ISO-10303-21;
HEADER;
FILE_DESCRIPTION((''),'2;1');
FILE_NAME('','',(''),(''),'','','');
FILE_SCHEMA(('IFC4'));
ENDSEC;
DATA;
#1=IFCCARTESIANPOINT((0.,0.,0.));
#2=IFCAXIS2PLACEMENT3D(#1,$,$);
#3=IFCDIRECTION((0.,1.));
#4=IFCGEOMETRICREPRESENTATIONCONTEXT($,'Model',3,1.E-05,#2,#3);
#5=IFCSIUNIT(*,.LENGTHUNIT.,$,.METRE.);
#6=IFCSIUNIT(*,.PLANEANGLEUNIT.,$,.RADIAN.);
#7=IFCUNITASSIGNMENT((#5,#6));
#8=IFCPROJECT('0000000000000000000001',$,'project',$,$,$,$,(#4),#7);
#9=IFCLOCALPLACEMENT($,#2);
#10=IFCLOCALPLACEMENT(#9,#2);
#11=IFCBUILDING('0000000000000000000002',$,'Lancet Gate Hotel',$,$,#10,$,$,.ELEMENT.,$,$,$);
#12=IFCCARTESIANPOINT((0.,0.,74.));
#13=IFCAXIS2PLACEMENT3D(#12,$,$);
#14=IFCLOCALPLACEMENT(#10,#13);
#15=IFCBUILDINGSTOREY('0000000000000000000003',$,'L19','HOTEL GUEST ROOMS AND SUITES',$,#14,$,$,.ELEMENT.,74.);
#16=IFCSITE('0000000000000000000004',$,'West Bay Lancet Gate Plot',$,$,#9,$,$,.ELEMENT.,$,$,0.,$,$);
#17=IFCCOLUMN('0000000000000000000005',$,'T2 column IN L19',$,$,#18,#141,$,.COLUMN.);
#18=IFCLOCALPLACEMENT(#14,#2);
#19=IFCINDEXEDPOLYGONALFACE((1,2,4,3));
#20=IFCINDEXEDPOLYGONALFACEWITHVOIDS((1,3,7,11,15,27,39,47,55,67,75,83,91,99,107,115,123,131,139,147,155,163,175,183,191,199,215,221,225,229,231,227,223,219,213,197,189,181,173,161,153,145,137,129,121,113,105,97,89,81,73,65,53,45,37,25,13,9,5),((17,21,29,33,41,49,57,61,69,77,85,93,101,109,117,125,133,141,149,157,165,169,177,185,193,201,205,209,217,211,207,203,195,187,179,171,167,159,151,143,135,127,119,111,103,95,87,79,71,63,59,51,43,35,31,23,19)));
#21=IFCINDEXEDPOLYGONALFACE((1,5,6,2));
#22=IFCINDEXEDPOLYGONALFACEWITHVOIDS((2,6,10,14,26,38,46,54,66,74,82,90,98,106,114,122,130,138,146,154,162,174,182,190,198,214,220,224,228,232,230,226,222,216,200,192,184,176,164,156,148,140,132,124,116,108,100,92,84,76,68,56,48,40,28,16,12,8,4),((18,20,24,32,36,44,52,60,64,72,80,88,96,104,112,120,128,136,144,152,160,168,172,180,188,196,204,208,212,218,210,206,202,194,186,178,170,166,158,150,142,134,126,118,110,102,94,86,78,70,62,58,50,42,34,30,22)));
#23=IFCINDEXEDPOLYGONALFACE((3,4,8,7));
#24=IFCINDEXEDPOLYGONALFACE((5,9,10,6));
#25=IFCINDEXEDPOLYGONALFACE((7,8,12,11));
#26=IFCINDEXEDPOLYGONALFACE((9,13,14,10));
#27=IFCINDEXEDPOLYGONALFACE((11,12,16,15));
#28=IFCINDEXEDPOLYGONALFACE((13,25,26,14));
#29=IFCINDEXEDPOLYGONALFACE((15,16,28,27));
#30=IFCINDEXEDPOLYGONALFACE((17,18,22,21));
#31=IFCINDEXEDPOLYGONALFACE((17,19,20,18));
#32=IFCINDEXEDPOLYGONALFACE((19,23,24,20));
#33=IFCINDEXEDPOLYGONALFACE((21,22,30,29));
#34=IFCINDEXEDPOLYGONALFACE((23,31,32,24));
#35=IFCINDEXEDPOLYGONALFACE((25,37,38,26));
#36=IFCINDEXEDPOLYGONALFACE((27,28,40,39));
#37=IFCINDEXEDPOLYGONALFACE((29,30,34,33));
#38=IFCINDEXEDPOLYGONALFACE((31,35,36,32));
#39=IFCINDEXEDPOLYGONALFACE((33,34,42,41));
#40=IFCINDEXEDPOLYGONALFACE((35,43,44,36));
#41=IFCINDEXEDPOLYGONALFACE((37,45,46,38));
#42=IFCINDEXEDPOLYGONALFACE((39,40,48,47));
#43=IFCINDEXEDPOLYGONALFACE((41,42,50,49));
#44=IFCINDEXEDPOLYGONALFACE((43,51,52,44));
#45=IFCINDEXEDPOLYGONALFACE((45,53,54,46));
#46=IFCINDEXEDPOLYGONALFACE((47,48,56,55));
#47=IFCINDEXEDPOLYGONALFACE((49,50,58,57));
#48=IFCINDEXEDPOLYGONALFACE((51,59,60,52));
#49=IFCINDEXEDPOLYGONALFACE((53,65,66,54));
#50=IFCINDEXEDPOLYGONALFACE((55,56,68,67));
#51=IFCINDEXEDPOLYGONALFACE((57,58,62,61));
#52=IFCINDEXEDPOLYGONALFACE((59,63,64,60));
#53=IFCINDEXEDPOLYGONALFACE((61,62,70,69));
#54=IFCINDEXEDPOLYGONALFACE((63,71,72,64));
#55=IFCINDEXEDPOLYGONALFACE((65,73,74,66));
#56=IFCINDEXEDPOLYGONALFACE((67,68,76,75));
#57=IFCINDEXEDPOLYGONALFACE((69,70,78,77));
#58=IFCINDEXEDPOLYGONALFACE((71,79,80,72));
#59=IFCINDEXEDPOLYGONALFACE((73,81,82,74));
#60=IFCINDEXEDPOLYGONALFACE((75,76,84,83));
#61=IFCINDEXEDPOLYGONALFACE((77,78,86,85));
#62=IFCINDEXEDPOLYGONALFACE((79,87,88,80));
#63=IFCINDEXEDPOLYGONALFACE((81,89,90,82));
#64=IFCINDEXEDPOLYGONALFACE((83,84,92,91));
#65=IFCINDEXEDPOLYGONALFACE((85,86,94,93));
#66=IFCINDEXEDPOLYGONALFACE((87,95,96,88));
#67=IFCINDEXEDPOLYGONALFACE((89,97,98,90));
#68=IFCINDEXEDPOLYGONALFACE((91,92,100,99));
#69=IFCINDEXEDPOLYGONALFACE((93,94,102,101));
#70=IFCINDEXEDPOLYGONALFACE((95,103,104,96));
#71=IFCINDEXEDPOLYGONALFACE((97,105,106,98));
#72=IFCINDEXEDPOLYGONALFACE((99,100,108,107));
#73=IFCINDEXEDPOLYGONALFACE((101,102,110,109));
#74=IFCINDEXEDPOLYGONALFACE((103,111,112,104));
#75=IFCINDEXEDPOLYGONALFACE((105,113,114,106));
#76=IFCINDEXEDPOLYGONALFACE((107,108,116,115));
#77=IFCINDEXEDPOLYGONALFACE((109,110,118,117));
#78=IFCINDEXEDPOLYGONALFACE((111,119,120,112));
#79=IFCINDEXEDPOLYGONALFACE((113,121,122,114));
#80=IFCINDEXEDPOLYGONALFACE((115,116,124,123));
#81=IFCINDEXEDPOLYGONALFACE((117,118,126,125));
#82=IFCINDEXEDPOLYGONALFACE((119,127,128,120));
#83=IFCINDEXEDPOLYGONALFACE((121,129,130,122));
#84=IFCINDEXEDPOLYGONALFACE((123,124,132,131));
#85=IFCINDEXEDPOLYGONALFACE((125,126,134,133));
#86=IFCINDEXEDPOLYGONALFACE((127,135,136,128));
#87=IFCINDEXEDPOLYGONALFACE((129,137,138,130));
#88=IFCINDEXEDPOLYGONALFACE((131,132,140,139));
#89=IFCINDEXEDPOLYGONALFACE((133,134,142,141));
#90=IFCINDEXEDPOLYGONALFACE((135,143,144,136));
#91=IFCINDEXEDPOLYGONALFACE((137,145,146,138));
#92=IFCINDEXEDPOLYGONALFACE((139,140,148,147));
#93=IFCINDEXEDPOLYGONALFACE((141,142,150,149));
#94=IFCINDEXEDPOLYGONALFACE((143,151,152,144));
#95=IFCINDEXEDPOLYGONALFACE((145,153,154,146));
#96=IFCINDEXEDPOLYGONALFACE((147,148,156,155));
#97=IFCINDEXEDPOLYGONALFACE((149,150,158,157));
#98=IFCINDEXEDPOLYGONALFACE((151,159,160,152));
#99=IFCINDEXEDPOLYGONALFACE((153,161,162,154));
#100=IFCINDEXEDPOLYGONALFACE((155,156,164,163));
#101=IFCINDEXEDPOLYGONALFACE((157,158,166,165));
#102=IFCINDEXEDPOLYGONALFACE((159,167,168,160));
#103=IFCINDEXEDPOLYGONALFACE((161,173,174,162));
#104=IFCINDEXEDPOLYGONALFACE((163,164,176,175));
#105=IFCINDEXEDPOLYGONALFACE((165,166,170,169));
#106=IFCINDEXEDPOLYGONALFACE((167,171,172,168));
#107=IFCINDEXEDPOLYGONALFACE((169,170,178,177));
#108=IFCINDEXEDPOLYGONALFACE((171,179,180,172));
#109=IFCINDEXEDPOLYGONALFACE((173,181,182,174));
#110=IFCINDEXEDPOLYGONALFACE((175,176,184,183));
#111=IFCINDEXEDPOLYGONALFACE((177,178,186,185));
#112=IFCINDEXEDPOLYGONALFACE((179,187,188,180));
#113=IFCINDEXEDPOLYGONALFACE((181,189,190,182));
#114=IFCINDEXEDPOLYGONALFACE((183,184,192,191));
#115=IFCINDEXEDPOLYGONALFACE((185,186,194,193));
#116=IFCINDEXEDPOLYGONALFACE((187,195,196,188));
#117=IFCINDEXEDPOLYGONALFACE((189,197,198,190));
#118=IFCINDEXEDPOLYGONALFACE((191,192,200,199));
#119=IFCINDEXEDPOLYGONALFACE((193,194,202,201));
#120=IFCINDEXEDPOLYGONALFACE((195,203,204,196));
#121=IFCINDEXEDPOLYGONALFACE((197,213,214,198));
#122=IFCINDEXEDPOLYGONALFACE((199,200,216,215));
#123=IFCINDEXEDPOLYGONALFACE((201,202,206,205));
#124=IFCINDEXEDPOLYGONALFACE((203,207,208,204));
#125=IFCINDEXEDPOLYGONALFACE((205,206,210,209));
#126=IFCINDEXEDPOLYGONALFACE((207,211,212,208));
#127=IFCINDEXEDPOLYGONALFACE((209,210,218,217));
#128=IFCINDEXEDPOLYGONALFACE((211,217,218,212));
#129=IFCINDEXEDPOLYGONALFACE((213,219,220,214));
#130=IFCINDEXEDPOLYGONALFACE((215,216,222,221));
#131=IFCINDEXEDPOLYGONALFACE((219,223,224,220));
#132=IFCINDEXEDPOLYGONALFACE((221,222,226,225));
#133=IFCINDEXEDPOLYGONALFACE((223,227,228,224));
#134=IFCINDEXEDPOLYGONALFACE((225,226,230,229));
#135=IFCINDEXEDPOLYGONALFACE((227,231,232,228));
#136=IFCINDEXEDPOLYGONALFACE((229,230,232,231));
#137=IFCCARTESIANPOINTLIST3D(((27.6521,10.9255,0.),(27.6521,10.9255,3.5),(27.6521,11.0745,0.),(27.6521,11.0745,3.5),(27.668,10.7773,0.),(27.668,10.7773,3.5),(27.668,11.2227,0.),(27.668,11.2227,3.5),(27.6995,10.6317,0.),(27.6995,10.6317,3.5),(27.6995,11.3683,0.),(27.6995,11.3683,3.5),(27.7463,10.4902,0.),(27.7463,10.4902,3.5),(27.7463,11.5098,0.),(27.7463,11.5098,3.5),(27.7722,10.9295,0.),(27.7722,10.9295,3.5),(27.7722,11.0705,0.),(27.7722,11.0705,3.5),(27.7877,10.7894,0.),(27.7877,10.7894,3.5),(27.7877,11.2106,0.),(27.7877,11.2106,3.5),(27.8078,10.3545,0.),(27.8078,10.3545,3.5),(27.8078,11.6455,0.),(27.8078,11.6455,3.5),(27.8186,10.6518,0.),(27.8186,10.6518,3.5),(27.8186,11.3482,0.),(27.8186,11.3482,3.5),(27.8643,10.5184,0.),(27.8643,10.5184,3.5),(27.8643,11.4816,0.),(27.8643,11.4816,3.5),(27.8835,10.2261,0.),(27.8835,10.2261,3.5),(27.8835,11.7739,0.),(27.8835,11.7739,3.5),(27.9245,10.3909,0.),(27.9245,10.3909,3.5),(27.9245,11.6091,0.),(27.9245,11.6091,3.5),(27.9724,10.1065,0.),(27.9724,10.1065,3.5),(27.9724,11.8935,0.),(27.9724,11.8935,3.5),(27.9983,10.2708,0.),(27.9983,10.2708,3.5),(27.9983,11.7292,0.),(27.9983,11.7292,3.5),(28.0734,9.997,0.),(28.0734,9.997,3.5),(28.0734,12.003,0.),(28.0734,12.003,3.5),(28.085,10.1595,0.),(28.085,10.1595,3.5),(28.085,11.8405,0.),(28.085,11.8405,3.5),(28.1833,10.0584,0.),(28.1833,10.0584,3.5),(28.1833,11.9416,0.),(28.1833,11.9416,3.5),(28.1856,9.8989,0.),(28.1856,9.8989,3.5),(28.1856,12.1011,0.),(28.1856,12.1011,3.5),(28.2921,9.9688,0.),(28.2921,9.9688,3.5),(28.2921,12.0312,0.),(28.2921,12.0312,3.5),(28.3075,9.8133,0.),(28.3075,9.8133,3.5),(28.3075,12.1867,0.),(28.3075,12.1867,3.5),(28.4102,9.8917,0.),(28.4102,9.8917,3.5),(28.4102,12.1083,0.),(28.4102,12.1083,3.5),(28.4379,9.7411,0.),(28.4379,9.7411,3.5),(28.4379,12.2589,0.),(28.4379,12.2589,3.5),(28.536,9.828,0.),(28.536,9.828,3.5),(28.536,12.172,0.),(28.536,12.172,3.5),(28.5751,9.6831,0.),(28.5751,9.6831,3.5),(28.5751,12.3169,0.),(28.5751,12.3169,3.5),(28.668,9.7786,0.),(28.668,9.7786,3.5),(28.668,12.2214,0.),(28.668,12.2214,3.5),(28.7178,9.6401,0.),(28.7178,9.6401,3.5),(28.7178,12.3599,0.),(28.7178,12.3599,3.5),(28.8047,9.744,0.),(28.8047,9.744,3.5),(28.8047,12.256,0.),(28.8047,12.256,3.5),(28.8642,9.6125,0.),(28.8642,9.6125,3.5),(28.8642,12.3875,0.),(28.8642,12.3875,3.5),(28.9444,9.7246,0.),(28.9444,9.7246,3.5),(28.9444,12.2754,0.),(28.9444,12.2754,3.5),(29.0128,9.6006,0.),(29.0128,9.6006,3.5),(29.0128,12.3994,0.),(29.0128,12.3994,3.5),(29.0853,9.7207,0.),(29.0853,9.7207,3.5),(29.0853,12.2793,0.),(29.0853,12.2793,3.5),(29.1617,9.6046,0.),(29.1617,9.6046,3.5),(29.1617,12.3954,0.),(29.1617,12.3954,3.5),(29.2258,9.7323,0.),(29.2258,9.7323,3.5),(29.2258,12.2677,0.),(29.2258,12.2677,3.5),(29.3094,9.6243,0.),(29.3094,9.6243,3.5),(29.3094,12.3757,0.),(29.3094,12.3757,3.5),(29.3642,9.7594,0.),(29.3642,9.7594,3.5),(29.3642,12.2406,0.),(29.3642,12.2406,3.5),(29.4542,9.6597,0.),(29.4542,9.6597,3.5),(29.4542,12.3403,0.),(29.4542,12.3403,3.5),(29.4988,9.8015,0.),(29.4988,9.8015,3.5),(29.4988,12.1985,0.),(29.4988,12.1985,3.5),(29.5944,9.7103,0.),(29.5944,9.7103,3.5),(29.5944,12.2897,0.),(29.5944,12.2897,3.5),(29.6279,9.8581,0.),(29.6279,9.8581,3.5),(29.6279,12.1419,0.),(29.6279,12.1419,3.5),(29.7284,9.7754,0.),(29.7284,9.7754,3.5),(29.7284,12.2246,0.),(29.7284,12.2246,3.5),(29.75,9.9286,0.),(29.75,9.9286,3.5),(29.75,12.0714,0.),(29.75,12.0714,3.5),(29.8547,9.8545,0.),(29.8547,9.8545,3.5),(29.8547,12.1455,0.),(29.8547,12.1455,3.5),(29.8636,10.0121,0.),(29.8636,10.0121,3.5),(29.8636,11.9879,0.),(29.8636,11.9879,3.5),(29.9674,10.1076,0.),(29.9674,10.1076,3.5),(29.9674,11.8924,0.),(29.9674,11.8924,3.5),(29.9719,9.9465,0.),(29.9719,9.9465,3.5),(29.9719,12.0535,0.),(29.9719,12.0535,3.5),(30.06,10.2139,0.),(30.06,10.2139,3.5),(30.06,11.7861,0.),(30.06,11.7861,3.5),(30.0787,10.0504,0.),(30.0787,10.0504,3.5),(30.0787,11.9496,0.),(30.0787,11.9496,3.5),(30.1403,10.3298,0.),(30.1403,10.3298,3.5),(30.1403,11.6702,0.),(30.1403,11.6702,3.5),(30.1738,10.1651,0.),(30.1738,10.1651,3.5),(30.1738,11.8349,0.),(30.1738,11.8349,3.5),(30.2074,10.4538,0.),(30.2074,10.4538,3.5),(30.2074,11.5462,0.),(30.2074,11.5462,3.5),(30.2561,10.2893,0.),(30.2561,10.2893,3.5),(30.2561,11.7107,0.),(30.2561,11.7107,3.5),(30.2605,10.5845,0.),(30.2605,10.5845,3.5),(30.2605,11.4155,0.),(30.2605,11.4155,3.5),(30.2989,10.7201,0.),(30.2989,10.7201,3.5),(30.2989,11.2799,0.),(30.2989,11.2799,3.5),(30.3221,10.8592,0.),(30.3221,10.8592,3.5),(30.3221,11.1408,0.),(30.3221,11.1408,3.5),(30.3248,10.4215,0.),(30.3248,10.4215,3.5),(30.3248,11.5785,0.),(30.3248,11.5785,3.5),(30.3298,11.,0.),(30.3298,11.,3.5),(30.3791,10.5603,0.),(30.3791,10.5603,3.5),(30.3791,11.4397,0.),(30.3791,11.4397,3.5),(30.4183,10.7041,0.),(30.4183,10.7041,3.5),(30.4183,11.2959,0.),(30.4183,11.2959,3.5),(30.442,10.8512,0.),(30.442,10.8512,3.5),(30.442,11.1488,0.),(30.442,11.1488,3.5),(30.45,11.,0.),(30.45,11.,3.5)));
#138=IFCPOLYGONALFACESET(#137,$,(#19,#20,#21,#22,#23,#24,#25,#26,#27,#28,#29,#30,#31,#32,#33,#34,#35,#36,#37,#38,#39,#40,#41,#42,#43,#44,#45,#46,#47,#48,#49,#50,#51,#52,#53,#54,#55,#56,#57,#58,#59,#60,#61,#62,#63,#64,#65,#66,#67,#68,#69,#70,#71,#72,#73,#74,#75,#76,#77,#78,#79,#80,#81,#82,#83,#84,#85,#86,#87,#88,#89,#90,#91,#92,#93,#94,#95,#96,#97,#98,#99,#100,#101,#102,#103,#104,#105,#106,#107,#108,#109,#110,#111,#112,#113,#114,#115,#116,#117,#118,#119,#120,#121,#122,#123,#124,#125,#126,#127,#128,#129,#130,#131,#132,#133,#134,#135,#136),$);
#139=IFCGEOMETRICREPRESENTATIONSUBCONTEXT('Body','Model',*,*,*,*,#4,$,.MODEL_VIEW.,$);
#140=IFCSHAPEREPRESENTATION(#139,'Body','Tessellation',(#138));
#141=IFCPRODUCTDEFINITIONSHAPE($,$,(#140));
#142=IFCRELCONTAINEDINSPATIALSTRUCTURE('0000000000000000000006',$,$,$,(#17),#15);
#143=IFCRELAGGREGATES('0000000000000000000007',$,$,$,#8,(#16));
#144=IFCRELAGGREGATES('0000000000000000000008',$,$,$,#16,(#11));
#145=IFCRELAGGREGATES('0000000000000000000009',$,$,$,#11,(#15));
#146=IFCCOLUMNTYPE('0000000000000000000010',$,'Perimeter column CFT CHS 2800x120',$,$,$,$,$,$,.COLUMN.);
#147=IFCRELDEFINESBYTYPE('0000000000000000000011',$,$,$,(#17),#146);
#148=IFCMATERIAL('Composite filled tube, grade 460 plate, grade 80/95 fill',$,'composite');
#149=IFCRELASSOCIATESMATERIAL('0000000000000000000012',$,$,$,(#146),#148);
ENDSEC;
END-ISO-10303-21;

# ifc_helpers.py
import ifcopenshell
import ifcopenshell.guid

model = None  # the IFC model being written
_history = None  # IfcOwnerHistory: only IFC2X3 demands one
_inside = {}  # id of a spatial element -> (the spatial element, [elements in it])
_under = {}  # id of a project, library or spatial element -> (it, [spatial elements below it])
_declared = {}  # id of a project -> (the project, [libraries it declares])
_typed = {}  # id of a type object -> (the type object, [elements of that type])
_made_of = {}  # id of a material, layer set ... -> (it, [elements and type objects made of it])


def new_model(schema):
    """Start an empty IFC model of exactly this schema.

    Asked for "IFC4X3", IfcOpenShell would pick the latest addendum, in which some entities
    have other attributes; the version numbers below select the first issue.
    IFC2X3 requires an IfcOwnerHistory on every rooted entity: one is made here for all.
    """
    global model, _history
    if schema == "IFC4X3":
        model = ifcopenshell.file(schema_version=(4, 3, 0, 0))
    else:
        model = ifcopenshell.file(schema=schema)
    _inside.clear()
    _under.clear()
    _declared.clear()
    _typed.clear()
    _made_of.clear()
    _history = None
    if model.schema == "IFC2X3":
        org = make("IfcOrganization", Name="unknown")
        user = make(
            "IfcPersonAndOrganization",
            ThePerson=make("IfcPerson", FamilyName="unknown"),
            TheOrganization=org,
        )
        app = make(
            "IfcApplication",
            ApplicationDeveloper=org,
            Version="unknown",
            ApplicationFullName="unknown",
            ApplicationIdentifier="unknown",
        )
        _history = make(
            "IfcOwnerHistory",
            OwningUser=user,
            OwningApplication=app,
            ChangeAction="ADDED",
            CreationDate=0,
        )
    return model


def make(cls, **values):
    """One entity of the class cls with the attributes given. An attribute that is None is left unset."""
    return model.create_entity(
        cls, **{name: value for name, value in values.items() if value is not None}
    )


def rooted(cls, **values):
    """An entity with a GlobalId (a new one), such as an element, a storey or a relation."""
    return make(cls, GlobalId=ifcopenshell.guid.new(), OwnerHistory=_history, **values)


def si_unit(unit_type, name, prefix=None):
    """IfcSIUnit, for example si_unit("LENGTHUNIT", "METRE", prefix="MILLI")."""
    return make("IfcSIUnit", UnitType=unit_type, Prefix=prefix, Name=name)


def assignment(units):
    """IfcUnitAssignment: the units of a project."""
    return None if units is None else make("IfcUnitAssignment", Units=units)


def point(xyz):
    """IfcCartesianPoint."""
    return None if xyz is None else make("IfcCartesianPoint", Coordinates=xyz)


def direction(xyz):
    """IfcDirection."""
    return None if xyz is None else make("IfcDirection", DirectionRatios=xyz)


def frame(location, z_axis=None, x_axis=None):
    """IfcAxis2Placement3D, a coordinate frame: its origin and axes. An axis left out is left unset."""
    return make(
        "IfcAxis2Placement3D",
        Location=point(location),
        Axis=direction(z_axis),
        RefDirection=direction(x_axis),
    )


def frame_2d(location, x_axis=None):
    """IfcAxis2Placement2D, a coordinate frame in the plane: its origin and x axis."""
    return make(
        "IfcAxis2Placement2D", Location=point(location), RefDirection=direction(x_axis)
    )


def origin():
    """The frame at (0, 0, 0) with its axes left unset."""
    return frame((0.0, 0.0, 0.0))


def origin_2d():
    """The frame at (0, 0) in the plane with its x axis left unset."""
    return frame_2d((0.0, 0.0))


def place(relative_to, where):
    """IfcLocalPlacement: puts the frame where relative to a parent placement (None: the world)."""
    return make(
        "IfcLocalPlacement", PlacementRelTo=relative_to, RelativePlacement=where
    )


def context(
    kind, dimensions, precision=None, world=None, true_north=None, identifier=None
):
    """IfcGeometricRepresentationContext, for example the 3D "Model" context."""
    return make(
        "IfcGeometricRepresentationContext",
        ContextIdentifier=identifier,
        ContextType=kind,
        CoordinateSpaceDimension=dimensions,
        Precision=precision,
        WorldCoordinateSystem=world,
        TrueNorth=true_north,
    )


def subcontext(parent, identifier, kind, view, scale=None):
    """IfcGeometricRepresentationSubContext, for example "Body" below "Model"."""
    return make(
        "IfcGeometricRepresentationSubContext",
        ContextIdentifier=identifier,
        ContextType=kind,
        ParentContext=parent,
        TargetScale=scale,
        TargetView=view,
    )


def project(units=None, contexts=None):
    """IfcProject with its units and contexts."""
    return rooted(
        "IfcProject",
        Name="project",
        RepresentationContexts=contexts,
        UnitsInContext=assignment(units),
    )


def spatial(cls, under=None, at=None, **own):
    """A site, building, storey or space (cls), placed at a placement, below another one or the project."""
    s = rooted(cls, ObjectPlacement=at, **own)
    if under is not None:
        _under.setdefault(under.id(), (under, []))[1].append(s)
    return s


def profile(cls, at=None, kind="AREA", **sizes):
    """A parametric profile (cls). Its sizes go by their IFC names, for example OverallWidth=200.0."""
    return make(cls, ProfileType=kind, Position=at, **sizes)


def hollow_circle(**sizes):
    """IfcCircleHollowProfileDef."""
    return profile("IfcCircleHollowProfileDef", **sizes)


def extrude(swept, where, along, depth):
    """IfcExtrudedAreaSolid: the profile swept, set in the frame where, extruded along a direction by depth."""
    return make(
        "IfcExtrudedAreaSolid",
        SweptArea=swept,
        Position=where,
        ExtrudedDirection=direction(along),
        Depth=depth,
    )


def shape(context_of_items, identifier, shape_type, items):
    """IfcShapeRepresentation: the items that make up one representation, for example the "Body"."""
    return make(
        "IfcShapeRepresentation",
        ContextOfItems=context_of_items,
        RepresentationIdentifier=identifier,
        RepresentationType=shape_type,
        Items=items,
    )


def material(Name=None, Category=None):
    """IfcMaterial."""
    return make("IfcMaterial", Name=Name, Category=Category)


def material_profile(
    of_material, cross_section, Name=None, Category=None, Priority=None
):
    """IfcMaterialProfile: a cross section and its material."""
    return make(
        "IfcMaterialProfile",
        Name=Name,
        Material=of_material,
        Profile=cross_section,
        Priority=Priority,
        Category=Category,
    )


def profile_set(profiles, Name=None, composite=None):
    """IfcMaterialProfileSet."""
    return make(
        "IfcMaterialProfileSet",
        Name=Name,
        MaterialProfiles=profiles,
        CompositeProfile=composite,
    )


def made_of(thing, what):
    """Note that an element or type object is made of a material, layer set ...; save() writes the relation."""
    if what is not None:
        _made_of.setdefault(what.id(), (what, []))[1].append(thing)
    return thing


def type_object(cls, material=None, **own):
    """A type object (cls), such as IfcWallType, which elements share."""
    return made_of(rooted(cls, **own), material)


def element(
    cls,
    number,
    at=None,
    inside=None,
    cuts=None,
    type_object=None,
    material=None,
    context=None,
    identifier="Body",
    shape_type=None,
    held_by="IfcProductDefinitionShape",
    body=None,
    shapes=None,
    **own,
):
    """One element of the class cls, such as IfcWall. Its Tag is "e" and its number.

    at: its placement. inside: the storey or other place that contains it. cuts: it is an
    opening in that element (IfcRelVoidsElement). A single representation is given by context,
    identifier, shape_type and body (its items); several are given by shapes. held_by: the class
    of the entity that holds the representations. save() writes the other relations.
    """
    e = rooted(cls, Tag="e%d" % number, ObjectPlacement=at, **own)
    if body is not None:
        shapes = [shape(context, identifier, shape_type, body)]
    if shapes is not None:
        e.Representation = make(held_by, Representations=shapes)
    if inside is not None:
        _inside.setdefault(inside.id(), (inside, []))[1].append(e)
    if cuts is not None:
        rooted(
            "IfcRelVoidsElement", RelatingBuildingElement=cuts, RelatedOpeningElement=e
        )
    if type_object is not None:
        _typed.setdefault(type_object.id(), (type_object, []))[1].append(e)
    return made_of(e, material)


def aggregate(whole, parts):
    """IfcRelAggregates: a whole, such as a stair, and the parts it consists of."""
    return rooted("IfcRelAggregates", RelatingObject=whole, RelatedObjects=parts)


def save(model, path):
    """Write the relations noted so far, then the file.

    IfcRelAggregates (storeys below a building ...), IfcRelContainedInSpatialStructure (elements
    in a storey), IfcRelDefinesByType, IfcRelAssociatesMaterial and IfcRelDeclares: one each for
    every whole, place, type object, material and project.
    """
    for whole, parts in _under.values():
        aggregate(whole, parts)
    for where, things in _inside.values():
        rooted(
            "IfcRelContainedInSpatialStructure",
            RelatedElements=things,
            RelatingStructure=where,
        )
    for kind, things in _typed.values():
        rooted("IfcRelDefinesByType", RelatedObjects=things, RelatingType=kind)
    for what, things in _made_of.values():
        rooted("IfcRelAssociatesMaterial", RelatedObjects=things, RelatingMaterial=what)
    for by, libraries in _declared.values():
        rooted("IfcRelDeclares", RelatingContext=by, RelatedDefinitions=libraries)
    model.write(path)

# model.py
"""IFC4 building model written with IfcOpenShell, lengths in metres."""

from ifc_helpers import new_model, si_unit, direction, frame, origin, origin_2d, place, context, subcontext, project, spatial, hollow_circle, extrude, material, material_profile, profile_set, type_object, element, save


model = new_model("IFC4")

# Units and contexts
model_context = context("Model", 3, precision=1e-05, world=origin(), true_north=direction((0.0, 1.0)))
body_context = subcontext(model_context, "Body", "Model", "MODEL_VIEW")
ifc_project = project(units=[si_unit("LENGTHUNIT", "METRE"), si_unit("PLANEANGLEUNIT", "RADIAN")], contexts=[model_context])

# Site, building, storey
site_placement = place(None, origin())
site = spatial("IfcSite", under=ifc_project, at=site_placement, Name="West Bay Lancet Gate Plot", CompositionType="ELEMENT", RefElevation=0.0)
building_placement = place(site_placement, origin())
building = spatial("IfcBuilding", under=site, at=building_placement, Name="Lancet Gate Hotel", CompositionType="ELEMENT")
storey_placement = place(building_placement, frame((0.0, 0.0, 74.0)))
storey = spatial("IfcBuildingStorey", under=building, at=storey_placement, Name="L19", Description="HOTEL GUEST ROOMS AND SUITES", CompositionType="ELEMENT", Elevation=74.0)

# Column
ifc_material_1 = material(Name="Composite filled tube, grade 460 plate, grade 80/95 fill", Category="composite")
ifc_material_profile_1 = material_profile(ifc_material_1, hollow_circle(Radius=1.3999, WallThickness=0.1201, at=origin_2d()), Name="CHS 2800x120")
ifc_profile_set_1 = profile_set([ifc_material_profile_1], Name="Composite filled tube, grade 460 plate, grade 80/95 fill")
column_type = type_object("IfcColumnType", Name="Perimeter column CFT CHS 2800x120", PredefinedType="COLUMN", material=ifc_profile_set_1)
for number, where, z_axis, x_axis, name in (
    (1, (29.05, 11.0, 0.0), (0.0, 0.0, 1.0), (1.0, 0.0, 0.0), "T2 column IN L19"),
):
    element("IfcColumn", number, at=place(storey_placement, frame(where, z_axis=z_axis, x_axis=x_axis)), inside=storey, type_object=column_type, Name=name, PredefinedType="COLUMN", context=body_context, shape_type="SweptSolid", body=[
        extrude(hollow_circle(Radius=1.3999, WallThickness=0.1201, at=origin_2d()), origin(), (0.0, 0.0, 1.0), 3.5),
    ])

save(model, "model.ifc")
